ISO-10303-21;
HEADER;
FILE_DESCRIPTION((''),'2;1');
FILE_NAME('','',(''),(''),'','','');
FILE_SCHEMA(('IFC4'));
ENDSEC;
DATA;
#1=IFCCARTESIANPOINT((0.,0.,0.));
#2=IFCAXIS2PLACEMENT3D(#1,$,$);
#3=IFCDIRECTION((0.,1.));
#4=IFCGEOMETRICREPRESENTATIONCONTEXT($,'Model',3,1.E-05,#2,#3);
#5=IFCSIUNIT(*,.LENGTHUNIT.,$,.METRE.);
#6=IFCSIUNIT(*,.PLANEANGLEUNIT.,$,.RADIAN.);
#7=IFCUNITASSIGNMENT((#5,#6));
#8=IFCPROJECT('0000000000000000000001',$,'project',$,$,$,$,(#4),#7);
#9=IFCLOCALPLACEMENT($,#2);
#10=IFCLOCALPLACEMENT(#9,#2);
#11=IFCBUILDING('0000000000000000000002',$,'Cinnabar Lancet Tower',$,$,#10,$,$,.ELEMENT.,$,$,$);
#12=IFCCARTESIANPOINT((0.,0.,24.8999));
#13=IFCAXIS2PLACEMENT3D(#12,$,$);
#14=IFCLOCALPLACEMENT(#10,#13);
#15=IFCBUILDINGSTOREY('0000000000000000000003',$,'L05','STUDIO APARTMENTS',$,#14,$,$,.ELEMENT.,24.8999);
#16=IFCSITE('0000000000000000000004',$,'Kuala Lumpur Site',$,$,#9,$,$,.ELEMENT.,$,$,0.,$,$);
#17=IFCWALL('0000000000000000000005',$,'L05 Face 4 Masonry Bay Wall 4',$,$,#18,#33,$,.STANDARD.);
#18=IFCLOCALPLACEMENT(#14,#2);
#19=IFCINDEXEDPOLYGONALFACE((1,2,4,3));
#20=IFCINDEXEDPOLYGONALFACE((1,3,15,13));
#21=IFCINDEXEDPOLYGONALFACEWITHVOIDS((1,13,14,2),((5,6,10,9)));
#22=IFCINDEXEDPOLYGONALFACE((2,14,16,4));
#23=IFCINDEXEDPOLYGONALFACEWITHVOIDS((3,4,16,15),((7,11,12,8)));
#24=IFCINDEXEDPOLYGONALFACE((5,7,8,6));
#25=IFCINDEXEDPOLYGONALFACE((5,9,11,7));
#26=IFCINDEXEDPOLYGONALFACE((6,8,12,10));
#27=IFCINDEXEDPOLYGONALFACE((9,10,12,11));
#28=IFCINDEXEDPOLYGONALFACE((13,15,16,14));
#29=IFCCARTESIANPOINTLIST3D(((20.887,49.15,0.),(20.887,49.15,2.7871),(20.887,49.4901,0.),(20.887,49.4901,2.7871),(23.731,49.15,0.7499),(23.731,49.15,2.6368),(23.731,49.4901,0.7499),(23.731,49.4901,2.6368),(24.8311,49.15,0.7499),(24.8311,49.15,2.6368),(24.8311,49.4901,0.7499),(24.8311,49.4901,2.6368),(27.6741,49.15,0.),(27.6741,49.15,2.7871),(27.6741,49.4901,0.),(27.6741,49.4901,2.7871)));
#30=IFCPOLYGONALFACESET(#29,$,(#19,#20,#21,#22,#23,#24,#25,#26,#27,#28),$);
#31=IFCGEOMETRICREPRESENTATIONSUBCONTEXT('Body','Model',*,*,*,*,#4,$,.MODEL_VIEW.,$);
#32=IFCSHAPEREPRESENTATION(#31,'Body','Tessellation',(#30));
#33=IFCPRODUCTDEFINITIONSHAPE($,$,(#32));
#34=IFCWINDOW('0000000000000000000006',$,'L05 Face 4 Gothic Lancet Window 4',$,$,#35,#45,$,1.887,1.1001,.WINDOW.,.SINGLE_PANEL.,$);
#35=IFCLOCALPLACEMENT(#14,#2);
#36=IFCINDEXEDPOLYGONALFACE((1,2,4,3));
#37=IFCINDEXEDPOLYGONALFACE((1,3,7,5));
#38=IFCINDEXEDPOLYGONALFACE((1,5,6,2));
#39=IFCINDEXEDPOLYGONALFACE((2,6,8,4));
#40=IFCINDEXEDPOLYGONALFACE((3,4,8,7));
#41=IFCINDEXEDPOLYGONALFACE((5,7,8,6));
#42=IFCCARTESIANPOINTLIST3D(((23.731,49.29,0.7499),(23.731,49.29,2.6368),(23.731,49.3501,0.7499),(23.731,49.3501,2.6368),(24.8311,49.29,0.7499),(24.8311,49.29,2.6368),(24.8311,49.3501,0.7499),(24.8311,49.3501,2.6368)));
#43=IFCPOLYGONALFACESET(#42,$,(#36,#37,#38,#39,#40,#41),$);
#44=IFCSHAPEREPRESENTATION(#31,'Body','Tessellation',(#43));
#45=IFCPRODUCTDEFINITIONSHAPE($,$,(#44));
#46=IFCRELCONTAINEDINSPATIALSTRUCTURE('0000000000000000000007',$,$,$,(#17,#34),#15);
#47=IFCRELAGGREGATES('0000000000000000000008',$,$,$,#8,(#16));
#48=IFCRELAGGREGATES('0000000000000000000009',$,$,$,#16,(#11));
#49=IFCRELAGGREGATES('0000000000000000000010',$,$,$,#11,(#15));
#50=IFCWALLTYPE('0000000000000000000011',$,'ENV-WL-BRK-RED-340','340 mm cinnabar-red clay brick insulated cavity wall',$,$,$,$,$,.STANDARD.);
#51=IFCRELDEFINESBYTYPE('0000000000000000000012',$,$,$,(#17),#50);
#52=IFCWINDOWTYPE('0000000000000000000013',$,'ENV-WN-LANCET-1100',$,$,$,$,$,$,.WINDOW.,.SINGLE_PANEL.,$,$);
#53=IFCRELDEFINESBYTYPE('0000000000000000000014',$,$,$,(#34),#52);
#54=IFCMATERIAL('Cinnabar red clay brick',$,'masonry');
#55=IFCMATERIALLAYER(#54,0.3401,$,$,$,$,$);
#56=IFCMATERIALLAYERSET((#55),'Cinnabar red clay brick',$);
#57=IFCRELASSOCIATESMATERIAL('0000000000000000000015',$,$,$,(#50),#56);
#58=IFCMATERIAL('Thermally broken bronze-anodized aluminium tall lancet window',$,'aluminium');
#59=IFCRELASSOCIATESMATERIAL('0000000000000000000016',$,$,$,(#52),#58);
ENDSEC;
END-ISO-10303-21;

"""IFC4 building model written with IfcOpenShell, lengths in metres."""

from ifc_helpers import new_model, si_unit, direction, frame, frame_2d, origin, place, context, subcontext, project, spatial, rectangle, extrude, material, layer, layer_set, type_object, element, fill, save


model = new_model("IFC4")

# Units and contexts
model_context = context("Model", 3, precision=1e-05, world=origin(), true_north=direction((0.0, 1.0)))
body_context = subcontext(model_context, "Body", "Model", "MODEL_VIEW")
ifc_project = project(units=[si_unit("LENGTHUNIT", "METRE"), si_unit("PLANEANGLEUNIT", "RADIAN")], contexts=[model_context])

# Site, building, storey
site_placement = place(None, origin())
site = spatial("IfcSite", under=ifc_project, at=site_placement, Name="Kuala Lumpur Site", CompositionType="ELEMENT", RefElevation=0.0)
building_placement = place(site_placement, origin())
building = spatial("IfcBuilding", under=site, at=building_placement, Name="Cinnabar Lancet Tower", CompositionType="ELEMENT")
storey_placement = place(building_placement, frame((0.0, 0.0, 24.8999)))
storey = spatial("IfcBuildingStorey", under=building, at=storey_placement, Name="L05", Description="STUDIO APARTMENTS", CompositionType="ELEMENT", Elevation=24.8999)

# Wall, opening, window
ifc_material_1 = material(Name="Cinnabar red clay brick", Category="masonry")
ifc_layer_1 = layer(ifc_material_1, 0.3401)
ifc_layer_set_1 = layer_set([ifc_layer_1], Name="Cinnabar red clay brick")
wall_type_1 = type_object("IfcWallType", Name="ENV-WL-BRK-RED-340", Description="340 mm cinnabar-red clay brick insulated cavity wall", PredefinedType="STANDARD", material=ifc_layer_set_1)
wall_1_placement = place(storey_placement, frame((27.6741, 49.3201, 0.0), z_axis=(0.0, 0.0, 1.0), x_axis=(-1.0, 0.0, 0.0)))
wall_1 = element("IfcWall", 1, at=wall_1_placement, inside=storey, type_object=wall_type_1, Name="L05 Face 4 Masonry Bay Wall 4", PredefinedType="STANDARD", context=body_context, shape_type="SweptSolid", body=[
    extrude(rectangle(XDim=6.7871, YDim=0.3401, at=frame_2d((3.3936, 0.0))), origin(), (0.0, 0.0, 1.0), 2.7871),
])
opening_1_placement = place(wall_1_placement, frame((2.843, 0.0, 0.75)))
opening_1 = element("IfcOpeningElement", 2, at=opening_1_placement, cuts=wall_1, PredefinedType="OPENING", context=body_context, shape_type="SweptSolid", body=[
    extrude(rectangle(XDim=1.1001, YDim=1.887, at=frame_2d((0.55, 0.9434))), frame((0.0, 0.1799, 0.0), z_axis=(0.0, -1.0, 0.0), x_axis=(1.0, 0.0, 0.0)), (0.0, 0.0, 1.0), 0.3601),
])
ifc_material_2 = material(Name="Thermally broken bronze-anodized aluminium tall lancet window", Category="aluminium")
window_type = type_object("IfcWindowType", Name="ENV-WN-LANCET-1100", PartitioningType="SINGLE_PANEL", PredefinedType="WINDOW", material=ifc_material_2)
window_placement = place(opening_1_placement, origin())
window = element("IfcWindow", 3, at=window_placement, inside=storey, type_object=window_type, Name="L05 Face 4 Gothic Lancet Window 4", OverallHeight=1.887, OverallWidth=1.1001, PartitioningType="SINGLE_PANEL", PredefinedType="WINDOW", context=body_context, shape_type="SweptSolid", body=[
    extrude(rectangle(XDim=1.1001, YDim=1.887, at=frame_2d((0.55, 0.9434))), frame((0.0, 0.03, 0.0), z_axis=(0.0, -1.0, 0.0), x_axis=(1.0, 0.0, 0.0)), (0.0, 0.0, 1.0), 0.0601),
])
fill(opening_1, window)

save(model, "model.ifc")
